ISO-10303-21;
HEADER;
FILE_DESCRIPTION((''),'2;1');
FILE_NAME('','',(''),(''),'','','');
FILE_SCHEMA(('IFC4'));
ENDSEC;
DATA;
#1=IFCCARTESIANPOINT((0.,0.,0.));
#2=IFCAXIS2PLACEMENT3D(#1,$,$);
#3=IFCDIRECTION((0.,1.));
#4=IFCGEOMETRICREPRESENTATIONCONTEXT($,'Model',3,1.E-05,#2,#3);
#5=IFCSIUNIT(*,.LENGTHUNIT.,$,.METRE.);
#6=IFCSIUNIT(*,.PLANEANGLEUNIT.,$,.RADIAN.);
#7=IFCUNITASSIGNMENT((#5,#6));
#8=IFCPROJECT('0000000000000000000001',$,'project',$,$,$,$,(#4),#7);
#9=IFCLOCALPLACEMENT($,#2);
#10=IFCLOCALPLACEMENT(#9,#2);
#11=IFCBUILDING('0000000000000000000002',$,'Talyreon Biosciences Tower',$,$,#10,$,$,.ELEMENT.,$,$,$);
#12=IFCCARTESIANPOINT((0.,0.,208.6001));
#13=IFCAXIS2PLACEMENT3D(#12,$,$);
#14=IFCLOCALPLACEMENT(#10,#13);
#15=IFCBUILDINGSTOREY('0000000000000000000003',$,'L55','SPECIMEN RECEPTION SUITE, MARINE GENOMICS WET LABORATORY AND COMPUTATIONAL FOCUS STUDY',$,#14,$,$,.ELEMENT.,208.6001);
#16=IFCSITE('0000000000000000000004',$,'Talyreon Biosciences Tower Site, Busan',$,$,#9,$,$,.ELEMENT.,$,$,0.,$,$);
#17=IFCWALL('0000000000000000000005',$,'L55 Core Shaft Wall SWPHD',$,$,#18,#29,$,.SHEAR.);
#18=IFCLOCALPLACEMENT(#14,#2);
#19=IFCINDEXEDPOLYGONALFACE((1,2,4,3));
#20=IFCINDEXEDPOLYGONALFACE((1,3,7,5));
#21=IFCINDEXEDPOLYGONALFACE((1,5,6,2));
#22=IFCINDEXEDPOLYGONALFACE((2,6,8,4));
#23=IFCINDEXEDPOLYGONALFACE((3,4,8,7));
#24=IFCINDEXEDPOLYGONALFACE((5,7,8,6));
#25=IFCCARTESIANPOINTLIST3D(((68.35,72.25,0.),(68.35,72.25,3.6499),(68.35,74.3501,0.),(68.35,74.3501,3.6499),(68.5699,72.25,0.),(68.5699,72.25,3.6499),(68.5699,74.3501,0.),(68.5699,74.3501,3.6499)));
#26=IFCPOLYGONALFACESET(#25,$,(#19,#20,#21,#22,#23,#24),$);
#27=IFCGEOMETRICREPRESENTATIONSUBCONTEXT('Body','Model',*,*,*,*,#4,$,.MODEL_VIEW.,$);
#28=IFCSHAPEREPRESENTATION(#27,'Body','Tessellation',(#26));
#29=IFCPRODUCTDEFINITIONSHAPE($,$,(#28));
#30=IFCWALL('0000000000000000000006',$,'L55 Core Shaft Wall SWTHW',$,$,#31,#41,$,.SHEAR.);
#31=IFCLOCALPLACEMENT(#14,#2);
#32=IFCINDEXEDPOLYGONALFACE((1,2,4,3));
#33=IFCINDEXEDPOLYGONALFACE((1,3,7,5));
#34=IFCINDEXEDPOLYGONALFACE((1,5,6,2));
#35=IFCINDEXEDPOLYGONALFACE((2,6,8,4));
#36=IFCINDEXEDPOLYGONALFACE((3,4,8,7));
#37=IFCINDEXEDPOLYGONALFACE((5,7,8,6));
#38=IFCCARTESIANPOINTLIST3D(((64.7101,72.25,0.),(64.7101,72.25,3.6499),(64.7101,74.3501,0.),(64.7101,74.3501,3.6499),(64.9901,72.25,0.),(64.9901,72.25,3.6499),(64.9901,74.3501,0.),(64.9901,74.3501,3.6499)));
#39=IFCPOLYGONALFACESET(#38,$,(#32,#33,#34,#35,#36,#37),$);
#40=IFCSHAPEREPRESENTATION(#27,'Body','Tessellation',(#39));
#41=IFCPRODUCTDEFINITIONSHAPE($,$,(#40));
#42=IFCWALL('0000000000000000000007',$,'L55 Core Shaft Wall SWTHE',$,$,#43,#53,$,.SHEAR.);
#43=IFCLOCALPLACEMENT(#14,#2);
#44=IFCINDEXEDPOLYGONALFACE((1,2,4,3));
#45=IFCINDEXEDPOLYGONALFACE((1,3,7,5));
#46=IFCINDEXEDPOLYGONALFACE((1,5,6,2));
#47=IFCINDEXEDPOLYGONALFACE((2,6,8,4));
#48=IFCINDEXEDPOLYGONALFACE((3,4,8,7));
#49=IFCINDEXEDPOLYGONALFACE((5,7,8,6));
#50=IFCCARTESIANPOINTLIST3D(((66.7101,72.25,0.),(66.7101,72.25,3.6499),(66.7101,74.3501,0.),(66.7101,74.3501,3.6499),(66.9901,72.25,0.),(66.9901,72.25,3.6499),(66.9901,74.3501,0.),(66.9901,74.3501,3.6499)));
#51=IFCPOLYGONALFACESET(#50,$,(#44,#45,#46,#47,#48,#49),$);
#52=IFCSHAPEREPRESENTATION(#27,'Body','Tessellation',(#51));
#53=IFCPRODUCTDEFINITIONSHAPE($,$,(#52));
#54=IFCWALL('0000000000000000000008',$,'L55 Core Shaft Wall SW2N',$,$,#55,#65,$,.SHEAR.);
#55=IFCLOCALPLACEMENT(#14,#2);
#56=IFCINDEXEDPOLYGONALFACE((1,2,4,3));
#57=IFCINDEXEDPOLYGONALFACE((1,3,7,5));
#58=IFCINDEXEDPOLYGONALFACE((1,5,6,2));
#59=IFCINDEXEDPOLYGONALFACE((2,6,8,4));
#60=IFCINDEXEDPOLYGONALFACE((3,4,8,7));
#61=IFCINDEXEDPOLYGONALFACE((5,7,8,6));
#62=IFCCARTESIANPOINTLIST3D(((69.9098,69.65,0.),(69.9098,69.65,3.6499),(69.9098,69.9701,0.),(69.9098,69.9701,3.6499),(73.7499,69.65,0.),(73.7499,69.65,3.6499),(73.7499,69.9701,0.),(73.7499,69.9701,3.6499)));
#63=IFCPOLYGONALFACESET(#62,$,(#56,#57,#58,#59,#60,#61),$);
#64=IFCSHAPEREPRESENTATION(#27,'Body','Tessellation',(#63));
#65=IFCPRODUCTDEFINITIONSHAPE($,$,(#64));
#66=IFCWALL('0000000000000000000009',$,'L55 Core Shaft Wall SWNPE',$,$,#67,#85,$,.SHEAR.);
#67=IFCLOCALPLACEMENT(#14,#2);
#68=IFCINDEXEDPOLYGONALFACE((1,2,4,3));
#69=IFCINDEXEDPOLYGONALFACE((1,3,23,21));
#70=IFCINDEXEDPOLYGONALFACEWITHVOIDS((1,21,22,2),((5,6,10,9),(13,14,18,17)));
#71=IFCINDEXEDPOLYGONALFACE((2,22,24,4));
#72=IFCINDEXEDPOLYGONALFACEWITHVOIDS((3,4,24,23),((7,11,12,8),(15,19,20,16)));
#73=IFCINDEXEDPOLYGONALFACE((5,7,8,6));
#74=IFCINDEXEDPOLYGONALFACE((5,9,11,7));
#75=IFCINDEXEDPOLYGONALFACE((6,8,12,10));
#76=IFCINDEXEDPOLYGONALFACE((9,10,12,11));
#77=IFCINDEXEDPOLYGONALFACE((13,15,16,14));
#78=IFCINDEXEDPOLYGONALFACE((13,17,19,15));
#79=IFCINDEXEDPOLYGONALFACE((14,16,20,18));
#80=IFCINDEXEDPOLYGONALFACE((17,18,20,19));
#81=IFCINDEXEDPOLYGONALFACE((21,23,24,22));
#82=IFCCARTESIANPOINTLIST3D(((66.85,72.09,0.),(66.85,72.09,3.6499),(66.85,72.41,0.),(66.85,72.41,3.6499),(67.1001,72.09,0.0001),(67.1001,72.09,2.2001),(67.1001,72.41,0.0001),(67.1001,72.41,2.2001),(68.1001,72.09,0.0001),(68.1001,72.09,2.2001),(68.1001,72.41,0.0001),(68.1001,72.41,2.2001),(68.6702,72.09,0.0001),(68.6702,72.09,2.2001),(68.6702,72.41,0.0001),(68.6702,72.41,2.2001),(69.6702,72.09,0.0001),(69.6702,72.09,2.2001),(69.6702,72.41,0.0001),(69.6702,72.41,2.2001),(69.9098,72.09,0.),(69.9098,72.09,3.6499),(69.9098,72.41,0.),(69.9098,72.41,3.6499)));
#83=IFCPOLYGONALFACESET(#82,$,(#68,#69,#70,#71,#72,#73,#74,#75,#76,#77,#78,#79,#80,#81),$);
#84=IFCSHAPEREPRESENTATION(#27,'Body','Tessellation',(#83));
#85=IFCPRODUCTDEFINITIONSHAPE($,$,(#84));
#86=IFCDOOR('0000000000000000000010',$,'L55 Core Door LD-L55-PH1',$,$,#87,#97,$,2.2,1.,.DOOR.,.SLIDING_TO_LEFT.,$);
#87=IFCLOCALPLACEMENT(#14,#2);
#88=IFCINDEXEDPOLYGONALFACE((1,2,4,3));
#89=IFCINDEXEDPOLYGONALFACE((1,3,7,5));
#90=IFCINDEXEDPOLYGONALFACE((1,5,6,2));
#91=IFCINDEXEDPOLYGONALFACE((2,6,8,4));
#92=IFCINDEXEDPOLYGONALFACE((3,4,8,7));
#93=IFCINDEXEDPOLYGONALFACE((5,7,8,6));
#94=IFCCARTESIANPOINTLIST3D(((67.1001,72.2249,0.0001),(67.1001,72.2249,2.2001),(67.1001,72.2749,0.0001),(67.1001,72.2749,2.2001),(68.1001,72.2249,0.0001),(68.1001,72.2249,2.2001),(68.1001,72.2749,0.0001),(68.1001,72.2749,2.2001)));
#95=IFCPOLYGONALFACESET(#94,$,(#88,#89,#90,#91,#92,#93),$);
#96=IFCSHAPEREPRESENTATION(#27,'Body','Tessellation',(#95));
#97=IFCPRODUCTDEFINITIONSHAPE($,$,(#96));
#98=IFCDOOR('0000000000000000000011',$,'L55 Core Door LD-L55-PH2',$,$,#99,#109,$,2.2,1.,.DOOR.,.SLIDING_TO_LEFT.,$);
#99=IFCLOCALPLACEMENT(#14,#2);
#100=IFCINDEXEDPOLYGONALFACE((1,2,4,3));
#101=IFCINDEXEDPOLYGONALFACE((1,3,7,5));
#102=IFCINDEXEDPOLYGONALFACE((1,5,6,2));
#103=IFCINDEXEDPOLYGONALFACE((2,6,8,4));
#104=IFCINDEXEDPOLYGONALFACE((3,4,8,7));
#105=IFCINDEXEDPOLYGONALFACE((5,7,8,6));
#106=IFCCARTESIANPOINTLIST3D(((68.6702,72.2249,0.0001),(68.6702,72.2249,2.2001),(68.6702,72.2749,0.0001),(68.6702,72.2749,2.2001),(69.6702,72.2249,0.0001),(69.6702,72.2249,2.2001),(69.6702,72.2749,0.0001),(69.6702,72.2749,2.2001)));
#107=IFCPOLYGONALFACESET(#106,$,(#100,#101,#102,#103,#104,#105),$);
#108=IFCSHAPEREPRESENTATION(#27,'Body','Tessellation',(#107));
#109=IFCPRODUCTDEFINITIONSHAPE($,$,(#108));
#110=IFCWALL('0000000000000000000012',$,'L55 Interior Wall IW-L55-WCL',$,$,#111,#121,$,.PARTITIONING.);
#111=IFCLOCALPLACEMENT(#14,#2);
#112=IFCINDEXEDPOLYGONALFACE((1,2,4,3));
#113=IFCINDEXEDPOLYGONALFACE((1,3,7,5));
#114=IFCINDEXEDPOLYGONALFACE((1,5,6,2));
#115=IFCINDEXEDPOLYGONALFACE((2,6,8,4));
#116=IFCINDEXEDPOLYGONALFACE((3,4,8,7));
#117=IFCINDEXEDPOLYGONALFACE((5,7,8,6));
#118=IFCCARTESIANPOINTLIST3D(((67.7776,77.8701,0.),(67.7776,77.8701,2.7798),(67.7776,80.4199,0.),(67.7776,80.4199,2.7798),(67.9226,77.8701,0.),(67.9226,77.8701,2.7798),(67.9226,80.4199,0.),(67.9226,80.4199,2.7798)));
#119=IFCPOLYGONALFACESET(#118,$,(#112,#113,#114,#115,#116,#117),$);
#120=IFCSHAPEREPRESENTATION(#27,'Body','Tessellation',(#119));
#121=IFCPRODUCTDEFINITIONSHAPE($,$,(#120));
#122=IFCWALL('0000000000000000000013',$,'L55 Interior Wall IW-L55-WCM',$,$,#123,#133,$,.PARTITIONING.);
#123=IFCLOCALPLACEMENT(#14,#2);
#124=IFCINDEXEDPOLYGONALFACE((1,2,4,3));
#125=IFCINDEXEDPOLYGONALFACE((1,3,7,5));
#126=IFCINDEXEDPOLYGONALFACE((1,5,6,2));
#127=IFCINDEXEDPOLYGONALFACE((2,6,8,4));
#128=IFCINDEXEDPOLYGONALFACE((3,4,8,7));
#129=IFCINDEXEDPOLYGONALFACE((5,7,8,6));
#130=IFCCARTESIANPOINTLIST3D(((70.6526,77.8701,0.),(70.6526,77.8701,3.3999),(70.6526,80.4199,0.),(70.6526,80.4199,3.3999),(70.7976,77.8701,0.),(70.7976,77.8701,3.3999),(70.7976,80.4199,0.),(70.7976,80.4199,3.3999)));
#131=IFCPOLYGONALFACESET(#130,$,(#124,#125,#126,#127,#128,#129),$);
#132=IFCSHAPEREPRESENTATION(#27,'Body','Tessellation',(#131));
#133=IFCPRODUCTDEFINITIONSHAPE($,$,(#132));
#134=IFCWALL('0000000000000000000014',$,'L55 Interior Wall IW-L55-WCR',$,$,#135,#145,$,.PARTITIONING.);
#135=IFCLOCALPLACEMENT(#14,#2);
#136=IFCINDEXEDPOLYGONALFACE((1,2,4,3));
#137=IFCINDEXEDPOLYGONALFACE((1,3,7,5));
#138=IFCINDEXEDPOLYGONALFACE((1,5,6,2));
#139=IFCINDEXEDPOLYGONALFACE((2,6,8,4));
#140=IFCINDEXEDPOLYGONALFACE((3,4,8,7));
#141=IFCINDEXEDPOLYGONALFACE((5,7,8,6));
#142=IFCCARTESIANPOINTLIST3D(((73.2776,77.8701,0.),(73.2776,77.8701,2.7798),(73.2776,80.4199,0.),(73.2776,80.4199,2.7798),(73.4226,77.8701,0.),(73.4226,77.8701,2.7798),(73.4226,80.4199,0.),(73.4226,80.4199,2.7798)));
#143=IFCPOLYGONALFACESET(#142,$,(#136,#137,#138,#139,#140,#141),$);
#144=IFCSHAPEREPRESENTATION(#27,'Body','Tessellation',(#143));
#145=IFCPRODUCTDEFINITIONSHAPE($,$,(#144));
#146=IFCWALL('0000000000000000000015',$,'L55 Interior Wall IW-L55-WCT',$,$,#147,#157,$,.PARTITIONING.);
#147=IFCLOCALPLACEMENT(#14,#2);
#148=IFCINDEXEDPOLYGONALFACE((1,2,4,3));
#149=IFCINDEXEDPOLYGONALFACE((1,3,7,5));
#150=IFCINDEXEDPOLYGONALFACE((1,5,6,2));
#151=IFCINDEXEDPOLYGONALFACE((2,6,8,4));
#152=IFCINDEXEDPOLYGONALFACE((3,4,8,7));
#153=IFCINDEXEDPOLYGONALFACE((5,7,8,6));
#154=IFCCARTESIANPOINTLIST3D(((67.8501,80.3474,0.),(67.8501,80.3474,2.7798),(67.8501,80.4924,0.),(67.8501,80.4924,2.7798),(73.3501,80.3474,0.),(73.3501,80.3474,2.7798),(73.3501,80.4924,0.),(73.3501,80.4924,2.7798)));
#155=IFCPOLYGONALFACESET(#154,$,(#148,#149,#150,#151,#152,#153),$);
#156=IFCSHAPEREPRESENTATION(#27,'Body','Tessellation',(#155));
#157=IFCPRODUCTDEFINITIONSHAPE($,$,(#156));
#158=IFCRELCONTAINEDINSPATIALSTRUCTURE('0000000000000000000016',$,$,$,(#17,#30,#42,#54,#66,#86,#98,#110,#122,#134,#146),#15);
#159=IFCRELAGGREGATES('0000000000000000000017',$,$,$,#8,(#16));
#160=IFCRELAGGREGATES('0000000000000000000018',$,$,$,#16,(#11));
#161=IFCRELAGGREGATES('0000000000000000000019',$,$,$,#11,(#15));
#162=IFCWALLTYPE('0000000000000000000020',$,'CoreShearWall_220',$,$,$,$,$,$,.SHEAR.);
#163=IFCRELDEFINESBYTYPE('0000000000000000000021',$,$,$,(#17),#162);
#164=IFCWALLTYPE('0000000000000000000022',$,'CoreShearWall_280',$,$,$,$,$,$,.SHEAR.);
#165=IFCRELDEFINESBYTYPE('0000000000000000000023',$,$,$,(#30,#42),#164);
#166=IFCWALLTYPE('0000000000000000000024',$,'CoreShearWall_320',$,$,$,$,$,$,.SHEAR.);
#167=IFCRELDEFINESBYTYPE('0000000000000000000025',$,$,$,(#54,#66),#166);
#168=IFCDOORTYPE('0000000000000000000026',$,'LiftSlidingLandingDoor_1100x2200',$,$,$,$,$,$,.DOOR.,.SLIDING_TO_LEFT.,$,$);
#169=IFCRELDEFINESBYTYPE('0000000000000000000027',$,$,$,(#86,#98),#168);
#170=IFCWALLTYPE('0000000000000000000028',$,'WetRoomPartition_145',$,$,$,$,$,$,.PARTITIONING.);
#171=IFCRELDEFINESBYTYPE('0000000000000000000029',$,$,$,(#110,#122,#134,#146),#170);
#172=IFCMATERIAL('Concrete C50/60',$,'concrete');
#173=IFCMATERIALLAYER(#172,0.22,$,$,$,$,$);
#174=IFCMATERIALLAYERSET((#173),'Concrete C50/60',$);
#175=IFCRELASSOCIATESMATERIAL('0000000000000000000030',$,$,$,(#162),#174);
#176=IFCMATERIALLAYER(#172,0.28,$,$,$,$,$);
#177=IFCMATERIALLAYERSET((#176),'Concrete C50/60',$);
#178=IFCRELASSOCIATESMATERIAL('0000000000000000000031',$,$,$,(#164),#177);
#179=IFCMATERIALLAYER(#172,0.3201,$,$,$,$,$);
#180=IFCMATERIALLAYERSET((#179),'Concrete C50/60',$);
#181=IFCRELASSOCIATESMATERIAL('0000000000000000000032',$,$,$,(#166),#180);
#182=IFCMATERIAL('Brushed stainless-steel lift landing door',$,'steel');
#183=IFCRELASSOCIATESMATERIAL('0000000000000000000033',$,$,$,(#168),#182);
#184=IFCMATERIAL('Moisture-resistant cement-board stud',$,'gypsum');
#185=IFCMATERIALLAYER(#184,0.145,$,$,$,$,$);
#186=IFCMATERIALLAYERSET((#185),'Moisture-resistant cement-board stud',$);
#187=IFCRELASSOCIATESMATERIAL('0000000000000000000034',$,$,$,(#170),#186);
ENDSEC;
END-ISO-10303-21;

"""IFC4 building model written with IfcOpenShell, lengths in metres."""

from ifc_helpers import new_model, si_unit, direction, frame, frame_2d, origin, place, context, subcontext, project, spatial, rectangle, extrude, material, layer, layer_set, type_object, element, fill, save


model = new_model("IFC4")

# Units and contexts
model_context = context("Model", 3, precision=1e-05, world=origin(), true_north=direction((0.0, 1.0)))
body_context = subcontext(model_context, "Body", "Model", "MODEL_VIEW")
ifc_project = project(units=[si_unit("LENGTHUNIT", "METRE"), si_unit("PLANEANGLEUNIT", "RADIAN")], contexts=[model_context])

# Site, building, storey
site_placement = place(None, origin())
site = spatial("IfcSite", under=ifc_project, at=site_placement, Name="Talyreon Biosciences Tower Site, Busan", CompositionType="ELEMENT", RefElevation=0.0)
building_placement = place(site_placement, origin())
building = spatial("IfcBuilding", under=site, at=building_placement, Name="Talyreon Biosciences Tower", CompositionType="ELEMENT")
storey_placement = place(building_placement, frame((0.0, 0.0, 208.6001)))
storey = spatial("IfcBuildingStorey", under=building, at=storey_placement, Name="L55", Description="SPECIMEN RECEPTION SUITE, MARINE GENOMICS WET LABORATORY AND COMPUTATIONAL FOCUS STUDY", CompositionType="ELEMENT", Elevation=208.6001)

# Shared definitions
ifc_material_1 = material(Name="Concrete C50/60", Category="concrete")

# Walls
ifc_layer_1 = layer(ifc_material_1, 0.22)
ifc_layer_set_1 = layer_set([ifc_layer_1], Name="Concrete C50/60")
wall_type_1 = type_object("IfcWallType", Name="CoreShearWall_220", PredefinedType="SHEAR", material=ifc_layer_set_1)
wall_1_placement = place(storey_placement, frame((68.46, 72.25, 0.0), z_axis=(0.0, 0.0, 1.0), x_axis=(0.0, 1.0, 0.0)))
element("IfcWall", 1, at=wall_1_placement, inside=storey, type_object=wall_type_1, Name="L55 Core Shaft Wall SWPHD", PredefinedType="SHEAR", context=body_context, shape_type="SweptSolid", body=[
    extrude(rectangle(XDim=2.1001, YDim=0.22, at=frame_2d((1.05, 0.0))), origin(), (0.0, 0.0, 1.0), 3.6499),
])
ifc_layer_2 = layer(ifc_material_1, 0.28)
ifc_layer_set_2 = layer_set([ifc_layer_2], Name="Concrete C50/60")
wall_type_2 = type_object("IfcWallType", Name="CoreShearWall_280", PredefinedType="SHEAR", material=ifc_layer_set_2)
for number, where, z_axis, x_axis, name in (
    (2, (64.8501, 72.25, 0.0), (0.0, 0.0, 1.0), (0.0, 1.0, 0.0), "L55 Core Shaft Wall SWTHW"),
    (3, (66.8501, 72.25, 0.0), (0.0, 0.0, 1.0), (0.0, 1.0, 0.0), "L55 Core Shaft Wall SWTHE"),
):
    element("IfcWall", number, at=place(storey_placement, frame(where, z_axis=z_axis, x_axis=x_axis)), inside=storey, type_object=wall_type_2, Name=name, PredefinedType="SHEAR", context=body_context, shape_type="SweptSolid", body=[
        extrude(rectangle(XDim=2.1001, YDim=0.28, at=frame_2d((1.05, 0.0))), origin(), (0.0, 0.0, 1.0), 3.6499),
    ])
ifc_layer_3 = layer(ifc_material_1, 0.3201)
ifc_layer_set_3 = layer_set([ifc_layer_3], Name="Concrete C50/60")
wall_type_3 = type_object("IfcWallType", Name="CoreShearWall_320", PredefinedType="SHEAR", material=ifc_layer_set_3)
wall_2_placement = place(storey_placement, frame((69.9099, 69.8101, 0.0), z_axis=(0.0, 0.0, 1.0), x_axis=(1.0, 0.0, 0.0)))
element("IfcWall", 4, at=wall_2_placement, inside=storey, type_object=wall_type_3, Name="L55 Core Shaft Wall SW2N", PredefinedType="SHEAR", context=body_context, shape_type="SweptSolid", body=[
    extrude(rectangle(XDim=3.8401, YDim=0.3201, at=frame_2d((1.9199, 0.0))), origin(), (0.0, 0.0, 1.0), 3.6499),
])

# Wall, openings, doors
wall_3_placement = place(storey_placement, frame((66.8501, 72.25, 0.0), z_axis=(0.0, 0.0, 1.0), x_axis=(1.0, 0.0, 0.0)))
wall_3 = element("IfcWall", 5, at=wall_3_placement, inside=storey, type_object=wall_type_3, Name="L55 Core Shaft Wall SWNPE", PredefinedType="SHEAR", context=body_context, shape_type="SweptSolid", body=[
    extrude(rectangle(XDim=3.0598, YDim=0.3201, at=frame_2d((1.5298, 0.0))), origin(), (0.0, 0.0, 1.0), 3.6499),
])
opening_1_placement = place(wall_3_placement, frame((0.25, 0.0, 0.0)))
opening_1 = element("IfcOpeningElement", 6, at=opening_1_placement, cuts=wall_3, PredefinedType="OPENING", context=body_context, shape_type="SweptSolid", body=[
    extrude(rectangle(XDim=1.0, YDim=2.2, at=frame_2d((0.5, 1.1001))), frame((0.0, 0.1699, 0.0), z_axis=(0.0, -1.0, 0.0), x_axis=(1.0, 0.0, 0.0)), (0.0, 0.0, 1.0), 0.3401),
])
opening_2_placement = place(wall_3_placement, frame((1.8201, 0.0, 0.0)))
opening_2 = element("IfcOpeningElement", 7, at=opening_2_placement, cuts=wall_3, PredefinedType="OPENING", context=body_context, shape_type="SweptSolid", body=[
    extrude(rectangle(XDim=1.0, YDim=2.2, at=frame_2d((0.5, 1.1001))), frame((0.0, 0.1699, 0.0), z_axis=(0.0, -1.0, 0.0), x_axis=(1.0, 0.0, 0.0)), (0.0, 0.0, 1.0), 0.3401),
])
ifc_material_2 = material(Name="Brushed stainless-steel lift landing door", Category="steel")
door_type = type_object("IfcDoorType", Name="LiftSlidingLandingDoor_1100x2200", OperationType="SLIDING_TO_LEFT", PredefinedType="DOOR", material=ifc_material_2)
door_1_placement = place(opening_1_placement, origin())
door_1 = element("IfcDoor", 8, at=door_1_placement, inside=storey, type_object=door_type, Name="L55 Core Door LD-L55-PH1", OperationType="SLIDING_TO_LEFT", OverallHeight=2.2, OverallWidth=1.0, PredefinedType="DOOR", context=body_context, shape_type="SweptSolid", body=[
    extrude(rectangle(XDim=1.0, YDim=2.2, at=frame_2d((0.5, 1.1001))), frame((0.0, 0.0249, 0.0), z_axis=(0.0, -1.0, 0.0), x_axis=(1.0, 0.0, 0.0)), (0.0, 0.0, 1.0), 0.05),
])
fill(opening_1, door_1)
door_2_placement = place(opening_2_placement, origin())
door_2 = element("IfcDoor", 9, at=door_2_placement, inside=storey, type_object=door_type, Name="L55 Core Door LD-L55-PH2", OperationType="SLIDING_TO_LEFT", OverallHeight=2.2, OverallWidth=1.0, PredefinedType="DOOR", context=body_context, shape_type="SweptSolid", body=[
    extrude(rectangle(XDim=1.0, YDim=2.2, at=frame_2d((0.5, 1.1001))), frame((0.0, 0.0249, 0.0), z_axis=(0.0, -1.0, 0.0), x_axis=(1.0, 0.0, 0.0)), (0.0, 0.0, 1.0), 0.05),
])
fill(opening_2, door_2)

# Walls
ifc_material_3 = material(Name="Moisture-resistant cement-board stud", Category="gypsum")
ifc_layer_4 = layer(ifc_material_3, 0.145)
ifc_layer_set_4 = layer_set([ifc_layer_4], Name="Moisture-resistant cement-board stud")
wall_type_4 = type_object("IfcWallType", Name="WetRoomPartition_145", PredefinedType="PARTITIONING", material=ifc_layer_set_4)
wall_4_placement = place(storey_placement, frame((67.8501, 77.8701, 0.0), z_axis=(0.0, 0.0, 1.0), x_axis=(0.0, 1.0, 0.0)))
element("IfcWall", 10, at=wall_4_placement, inside=storey, type_object=wall_type_4, Name="L55 Interior Wall IW-L55-WCL", PredefinedType="PARTITIONING", context=body_context, shape_type="SweptSolid", body=[
    extrude(rectangle(XDim=2.5498, YDim=0.145, at=frame_2d((1.2749, 0.0))), origin(), (0.0, 0.0, 1.0), 2.7798),
])
wall_5_placement = place(storey_placement, frame((70.7251, 77.8701, 0.0), z_axis=(0.0, 0.0, 1.0), x_axis=(0.0, 1.0, 0.0)))
element("IfcWall", 11, at=wall_5_placement, inside=storey, type_object=wall_type_4, Name="L55 Interior Wall IW-L55-WCM", PredefinedType="PARTITIONING", context=body_context, shape_type="SweptSolid", body=[
    extrude(rectangle(XDim=2.5498, YDim=0.145, at=frame_2d((1.2749, 0.0))), origin(), (0.0, 0.0, 1.0), 3.3999),
])
wall_6_placement = place(storey_placement, frame((73.3501, 77.8701, 0.0), z_axis=(0.0, 0.0, 1.0), x_axis=(0.0, 1.0, 0.0)))
element("IfcWall", 12, at=wall_6_placement, inside=storey, type_object=wall_type_4, Name="L55 Interior Wall IW-L55-WCR", PredefinedType="PARTITIONING", context=body_context, shape_type="SweptSolid", body=[
    extrude(rectangle(XDim=2.5498, YDim=0.145, at=frame_2d((1.2749, 0.0))), origin(), (0.0, 0.0, 1.0), 2.7798),
])
wall_7_placement = place(storey_placement, frame((67.8501, 80.4199, 0.0), z_axis=(0.0, 0.0, 1.0), x_axis=(1.0, 0.0, 0.0)))
element("IfcWall", 13, at=wall_7_placement, inside=storey, type_object=wall_type_4, Name="L55 Interior Wall IW-L55-WCT", PredefinedType="PARTITIONING", context=body_context, shape_type="SweptSolid", body=[
    extrude(rectangle(XDim=5.5, YDim=0.145, at=frame_2d((2.75, 0.0))), origin(), (0.0, 0.0, 1.0), 2.7798),
])

save(model, "model.ifc")
